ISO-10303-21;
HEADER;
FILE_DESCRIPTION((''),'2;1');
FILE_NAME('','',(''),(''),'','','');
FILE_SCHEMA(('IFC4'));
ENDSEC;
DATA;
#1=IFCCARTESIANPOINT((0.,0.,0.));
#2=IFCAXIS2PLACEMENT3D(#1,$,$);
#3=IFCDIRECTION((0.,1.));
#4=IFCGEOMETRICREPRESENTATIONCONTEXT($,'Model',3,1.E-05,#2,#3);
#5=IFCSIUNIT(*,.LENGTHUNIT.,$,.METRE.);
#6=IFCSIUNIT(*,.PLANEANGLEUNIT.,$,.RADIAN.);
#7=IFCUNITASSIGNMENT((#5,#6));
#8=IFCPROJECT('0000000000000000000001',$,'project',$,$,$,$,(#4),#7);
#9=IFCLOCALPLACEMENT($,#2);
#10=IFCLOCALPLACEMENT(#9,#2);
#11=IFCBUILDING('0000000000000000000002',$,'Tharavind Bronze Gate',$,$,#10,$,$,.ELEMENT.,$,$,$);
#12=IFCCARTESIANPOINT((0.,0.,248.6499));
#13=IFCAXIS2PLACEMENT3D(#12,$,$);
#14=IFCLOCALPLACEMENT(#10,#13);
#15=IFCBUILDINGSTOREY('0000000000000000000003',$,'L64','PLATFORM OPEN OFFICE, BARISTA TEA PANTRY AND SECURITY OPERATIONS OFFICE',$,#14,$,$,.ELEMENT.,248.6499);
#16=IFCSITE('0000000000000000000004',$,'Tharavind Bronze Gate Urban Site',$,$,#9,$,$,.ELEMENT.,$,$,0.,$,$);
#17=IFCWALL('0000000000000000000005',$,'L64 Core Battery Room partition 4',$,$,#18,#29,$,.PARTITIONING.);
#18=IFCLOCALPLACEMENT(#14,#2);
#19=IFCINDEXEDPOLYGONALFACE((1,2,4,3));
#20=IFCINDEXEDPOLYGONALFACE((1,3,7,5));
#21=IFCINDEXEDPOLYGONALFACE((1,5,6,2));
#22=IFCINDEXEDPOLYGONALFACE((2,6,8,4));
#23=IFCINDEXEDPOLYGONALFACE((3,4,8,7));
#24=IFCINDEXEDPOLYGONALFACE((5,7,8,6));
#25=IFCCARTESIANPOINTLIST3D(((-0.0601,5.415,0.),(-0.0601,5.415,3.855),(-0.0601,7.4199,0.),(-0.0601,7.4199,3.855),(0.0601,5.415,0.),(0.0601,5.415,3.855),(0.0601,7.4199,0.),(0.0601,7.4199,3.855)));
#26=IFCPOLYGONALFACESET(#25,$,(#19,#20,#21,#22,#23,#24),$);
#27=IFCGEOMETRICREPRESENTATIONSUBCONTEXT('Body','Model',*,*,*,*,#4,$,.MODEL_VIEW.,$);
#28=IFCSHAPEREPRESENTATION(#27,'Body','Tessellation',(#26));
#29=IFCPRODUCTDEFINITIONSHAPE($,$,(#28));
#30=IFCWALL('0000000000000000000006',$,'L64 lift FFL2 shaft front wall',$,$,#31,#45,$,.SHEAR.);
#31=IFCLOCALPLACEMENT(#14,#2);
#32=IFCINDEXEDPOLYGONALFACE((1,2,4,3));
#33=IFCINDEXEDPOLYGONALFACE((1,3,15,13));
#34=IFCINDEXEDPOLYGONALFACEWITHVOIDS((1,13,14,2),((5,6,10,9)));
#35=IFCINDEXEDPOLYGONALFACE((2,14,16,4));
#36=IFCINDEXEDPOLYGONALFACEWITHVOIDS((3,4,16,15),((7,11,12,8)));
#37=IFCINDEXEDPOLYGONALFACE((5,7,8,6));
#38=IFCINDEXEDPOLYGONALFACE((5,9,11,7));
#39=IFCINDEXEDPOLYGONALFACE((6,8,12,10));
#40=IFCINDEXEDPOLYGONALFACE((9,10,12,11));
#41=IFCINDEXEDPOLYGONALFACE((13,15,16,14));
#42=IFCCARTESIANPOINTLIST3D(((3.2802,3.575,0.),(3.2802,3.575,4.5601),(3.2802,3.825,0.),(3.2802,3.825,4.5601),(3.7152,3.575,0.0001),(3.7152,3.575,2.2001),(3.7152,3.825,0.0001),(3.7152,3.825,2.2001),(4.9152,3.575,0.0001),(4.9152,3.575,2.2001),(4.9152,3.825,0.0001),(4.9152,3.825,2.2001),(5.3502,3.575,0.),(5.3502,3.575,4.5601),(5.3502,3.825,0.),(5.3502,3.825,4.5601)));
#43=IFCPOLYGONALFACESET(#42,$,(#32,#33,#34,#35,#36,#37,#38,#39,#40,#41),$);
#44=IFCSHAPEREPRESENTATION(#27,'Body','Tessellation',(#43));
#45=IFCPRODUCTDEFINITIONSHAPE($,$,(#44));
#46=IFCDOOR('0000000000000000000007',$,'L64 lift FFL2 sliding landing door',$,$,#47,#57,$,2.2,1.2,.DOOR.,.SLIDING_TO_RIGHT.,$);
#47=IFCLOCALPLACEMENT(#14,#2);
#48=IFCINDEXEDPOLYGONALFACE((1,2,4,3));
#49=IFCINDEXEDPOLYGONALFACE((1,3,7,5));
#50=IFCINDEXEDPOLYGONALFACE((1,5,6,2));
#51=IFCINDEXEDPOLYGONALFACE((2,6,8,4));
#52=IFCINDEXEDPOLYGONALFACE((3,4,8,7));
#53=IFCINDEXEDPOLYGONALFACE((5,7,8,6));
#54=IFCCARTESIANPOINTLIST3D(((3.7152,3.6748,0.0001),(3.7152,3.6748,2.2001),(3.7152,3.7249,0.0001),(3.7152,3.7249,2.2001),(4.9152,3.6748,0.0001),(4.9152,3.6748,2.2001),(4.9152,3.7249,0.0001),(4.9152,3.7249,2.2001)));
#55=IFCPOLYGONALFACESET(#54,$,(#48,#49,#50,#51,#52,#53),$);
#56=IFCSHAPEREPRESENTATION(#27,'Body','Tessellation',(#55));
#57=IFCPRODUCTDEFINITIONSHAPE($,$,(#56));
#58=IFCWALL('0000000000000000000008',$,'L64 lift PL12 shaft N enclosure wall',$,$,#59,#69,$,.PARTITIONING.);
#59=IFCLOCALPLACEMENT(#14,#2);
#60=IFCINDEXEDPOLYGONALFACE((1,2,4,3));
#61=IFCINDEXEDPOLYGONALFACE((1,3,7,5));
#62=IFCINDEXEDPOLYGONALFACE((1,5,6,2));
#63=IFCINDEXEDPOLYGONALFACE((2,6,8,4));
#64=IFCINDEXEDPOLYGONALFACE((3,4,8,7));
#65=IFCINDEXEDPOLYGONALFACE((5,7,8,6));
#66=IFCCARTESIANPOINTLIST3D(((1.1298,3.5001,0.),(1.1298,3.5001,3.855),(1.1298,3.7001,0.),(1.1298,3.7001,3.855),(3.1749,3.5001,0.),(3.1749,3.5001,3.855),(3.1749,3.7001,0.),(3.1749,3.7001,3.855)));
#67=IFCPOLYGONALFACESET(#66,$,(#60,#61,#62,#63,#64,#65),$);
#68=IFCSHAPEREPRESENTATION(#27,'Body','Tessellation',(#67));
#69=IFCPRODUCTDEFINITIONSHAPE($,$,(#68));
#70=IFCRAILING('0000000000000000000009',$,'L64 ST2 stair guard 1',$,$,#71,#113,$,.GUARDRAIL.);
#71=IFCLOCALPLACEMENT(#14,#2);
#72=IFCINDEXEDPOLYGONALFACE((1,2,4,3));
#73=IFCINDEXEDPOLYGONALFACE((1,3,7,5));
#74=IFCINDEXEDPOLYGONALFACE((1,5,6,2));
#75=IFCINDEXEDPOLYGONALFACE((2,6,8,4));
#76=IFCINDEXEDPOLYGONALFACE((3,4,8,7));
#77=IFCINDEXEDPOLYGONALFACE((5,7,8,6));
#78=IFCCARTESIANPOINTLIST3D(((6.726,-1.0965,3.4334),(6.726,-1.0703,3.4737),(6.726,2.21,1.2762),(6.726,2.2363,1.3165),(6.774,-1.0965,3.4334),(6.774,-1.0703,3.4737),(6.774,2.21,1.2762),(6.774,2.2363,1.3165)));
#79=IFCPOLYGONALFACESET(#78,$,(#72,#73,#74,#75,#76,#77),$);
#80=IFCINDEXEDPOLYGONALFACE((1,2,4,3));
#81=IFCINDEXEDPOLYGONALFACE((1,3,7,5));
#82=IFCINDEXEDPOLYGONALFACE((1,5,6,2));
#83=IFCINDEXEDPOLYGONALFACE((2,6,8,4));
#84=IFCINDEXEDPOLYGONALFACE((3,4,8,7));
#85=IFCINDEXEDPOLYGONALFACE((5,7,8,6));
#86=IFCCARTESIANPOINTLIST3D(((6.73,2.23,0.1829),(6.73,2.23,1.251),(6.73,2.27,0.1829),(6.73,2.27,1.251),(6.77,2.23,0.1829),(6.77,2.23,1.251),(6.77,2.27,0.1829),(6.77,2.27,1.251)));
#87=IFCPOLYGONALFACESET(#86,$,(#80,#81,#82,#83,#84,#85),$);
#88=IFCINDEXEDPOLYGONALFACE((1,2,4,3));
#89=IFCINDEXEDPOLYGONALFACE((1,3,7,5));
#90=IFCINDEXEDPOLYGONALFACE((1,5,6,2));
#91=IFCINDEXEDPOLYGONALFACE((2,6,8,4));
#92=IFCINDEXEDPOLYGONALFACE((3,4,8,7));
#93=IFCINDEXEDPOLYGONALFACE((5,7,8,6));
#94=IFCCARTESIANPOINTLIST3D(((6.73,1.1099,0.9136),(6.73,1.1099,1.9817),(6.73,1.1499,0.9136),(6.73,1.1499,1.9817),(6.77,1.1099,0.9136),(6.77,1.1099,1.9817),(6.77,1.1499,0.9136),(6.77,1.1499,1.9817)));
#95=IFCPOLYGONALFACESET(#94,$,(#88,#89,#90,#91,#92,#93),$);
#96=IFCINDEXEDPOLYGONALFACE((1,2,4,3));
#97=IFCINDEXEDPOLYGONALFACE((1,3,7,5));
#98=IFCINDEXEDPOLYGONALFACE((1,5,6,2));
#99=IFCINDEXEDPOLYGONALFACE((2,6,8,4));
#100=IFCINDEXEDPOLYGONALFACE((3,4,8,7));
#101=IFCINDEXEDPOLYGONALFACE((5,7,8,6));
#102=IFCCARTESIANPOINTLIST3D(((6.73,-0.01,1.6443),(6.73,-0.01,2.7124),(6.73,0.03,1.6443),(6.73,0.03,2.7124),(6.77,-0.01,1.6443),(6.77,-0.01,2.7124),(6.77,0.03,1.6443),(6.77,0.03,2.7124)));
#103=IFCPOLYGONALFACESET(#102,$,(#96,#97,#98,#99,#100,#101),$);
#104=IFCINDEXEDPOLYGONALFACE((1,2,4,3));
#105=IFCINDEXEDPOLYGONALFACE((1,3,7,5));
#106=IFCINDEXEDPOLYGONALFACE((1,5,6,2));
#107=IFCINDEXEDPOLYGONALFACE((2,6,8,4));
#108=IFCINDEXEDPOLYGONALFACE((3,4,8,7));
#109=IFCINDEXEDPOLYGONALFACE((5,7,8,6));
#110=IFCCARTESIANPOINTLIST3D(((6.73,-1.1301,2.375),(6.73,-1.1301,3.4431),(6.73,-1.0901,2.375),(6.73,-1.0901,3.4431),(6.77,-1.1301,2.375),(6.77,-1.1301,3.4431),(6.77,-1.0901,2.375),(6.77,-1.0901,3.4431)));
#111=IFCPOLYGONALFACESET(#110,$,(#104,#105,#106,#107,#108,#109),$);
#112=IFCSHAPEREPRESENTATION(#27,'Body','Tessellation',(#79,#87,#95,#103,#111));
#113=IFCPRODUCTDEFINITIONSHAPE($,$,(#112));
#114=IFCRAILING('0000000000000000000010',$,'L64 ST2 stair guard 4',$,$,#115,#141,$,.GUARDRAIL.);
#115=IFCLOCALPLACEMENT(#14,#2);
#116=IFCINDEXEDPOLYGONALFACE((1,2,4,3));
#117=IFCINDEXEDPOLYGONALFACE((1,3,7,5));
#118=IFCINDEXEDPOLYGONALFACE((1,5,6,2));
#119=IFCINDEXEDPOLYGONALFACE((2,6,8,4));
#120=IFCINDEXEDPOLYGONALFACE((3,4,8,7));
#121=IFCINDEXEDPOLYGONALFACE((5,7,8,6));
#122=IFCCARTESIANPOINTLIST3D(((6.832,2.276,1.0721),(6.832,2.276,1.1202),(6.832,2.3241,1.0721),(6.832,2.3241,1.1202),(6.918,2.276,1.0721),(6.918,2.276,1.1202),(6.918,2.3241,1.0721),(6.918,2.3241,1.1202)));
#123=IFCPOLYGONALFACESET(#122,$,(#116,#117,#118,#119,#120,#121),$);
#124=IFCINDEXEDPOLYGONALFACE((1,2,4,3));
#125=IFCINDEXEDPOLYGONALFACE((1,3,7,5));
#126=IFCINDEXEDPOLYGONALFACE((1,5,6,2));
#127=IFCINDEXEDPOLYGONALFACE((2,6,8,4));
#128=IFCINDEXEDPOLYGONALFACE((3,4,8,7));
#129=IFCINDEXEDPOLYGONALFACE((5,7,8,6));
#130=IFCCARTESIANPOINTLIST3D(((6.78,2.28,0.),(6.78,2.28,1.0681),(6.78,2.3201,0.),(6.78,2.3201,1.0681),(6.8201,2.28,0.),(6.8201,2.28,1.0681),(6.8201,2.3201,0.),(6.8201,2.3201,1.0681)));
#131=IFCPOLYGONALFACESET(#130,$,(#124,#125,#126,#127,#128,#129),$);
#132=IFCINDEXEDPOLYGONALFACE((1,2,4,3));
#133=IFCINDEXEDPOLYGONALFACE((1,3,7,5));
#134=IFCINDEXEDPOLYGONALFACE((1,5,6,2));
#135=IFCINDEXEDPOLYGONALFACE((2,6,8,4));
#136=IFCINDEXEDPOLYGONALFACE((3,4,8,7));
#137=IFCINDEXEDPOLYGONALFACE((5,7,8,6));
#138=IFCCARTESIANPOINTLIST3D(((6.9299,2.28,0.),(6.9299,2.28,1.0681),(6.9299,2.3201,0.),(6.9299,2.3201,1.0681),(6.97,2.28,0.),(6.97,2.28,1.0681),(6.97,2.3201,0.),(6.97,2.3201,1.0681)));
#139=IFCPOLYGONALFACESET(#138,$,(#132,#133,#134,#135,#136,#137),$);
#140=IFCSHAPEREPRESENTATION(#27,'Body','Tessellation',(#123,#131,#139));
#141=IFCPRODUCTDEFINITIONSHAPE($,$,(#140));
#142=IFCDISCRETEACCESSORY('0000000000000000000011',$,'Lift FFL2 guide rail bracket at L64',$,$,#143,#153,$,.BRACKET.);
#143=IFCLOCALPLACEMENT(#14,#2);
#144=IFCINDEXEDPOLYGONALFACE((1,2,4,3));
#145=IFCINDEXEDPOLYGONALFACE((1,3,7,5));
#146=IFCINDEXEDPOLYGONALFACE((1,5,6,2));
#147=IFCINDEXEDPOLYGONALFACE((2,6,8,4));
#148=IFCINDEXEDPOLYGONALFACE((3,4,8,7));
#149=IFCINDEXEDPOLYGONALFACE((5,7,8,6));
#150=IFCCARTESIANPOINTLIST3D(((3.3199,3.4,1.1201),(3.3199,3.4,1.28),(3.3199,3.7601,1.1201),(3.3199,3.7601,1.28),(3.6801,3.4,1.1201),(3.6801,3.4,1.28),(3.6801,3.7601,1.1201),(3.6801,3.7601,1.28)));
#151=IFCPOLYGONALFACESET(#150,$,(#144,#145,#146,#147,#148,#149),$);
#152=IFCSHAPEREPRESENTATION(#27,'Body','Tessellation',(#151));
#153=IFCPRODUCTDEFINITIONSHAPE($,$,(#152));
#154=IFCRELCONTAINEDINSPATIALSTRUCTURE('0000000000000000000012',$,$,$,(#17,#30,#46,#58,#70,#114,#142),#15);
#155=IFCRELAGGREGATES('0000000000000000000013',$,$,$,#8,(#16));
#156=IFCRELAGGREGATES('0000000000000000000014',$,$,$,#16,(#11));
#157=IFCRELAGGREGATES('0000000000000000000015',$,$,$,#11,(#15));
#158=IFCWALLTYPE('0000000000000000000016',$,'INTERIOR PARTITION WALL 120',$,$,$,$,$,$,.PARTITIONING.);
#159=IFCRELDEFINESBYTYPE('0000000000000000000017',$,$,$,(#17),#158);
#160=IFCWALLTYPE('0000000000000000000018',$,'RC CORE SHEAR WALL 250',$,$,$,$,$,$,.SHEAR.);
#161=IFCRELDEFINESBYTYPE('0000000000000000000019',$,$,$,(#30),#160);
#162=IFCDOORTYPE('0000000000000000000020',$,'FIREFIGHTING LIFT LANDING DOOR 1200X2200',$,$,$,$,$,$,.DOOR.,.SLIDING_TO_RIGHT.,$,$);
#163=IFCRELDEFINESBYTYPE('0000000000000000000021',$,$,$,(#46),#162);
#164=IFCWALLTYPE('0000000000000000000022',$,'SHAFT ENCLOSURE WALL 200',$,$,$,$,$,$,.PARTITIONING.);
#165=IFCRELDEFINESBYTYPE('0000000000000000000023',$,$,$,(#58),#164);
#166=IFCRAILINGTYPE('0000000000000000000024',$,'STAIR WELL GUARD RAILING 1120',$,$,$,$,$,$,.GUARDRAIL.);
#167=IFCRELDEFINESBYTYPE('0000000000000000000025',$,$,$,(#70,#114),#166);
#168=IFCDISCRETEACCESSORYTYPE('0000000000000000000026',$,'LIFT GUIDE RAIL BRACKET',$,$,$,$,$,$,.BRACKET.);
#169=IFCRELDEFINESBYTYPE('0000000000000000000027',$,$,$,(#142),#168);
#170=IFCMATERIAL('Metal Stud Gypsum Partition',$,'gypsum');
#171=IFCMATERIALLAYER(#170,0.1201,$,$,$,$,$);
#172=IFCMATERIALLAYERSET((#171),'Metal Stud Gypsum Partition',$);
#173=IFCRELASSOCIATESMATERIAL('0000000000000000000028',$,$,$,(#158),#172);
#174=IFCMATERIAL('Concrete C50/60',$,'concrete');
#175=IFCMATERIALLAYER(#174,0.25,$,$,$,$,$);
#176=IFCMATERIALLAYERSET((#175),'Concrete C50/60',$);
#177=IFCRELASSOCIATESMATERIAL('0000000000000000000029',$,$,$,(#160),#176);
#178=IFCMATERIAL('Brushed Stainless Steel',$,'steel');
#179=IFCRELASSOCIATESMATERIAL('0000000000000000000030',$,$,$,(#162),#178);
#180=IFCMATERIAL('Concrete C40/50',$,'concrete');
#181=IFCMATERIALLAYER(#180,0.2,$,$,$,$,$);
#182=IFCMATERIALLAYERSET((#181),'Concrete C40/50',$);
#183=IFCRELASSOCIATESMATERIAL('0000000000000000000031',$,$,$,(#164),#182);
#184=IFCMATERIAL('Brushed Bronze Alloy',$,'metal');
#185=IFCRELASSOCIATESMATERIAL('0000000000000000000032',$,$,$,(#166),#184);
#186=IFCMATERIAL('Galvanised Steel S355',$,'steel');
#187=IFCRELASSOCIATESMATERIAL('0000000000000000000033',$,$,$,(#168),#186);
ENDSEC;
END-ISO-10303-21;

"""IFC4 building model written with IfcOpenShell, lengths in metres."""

from ifc_helpers import new_model, si_unit, direction, frame, frame_2d, origin, origin_2d, place, context, subcontext, project, spatial, rectangle, extrude, material, layer, layer_set, type_object, element, fill, save


model = new_model("IFC4")

# Units and contexts
model_context = context("Model", 3, precision=1e-05, world=origin(), true_north=direction((0.0, 1.0)))
body_context = subcontext(model_context, "Body", "Model", "MODEL_VIEW")
ifc_project = project(units=[si_unit("LENGTHUNIT", "METRE"), si_unit("PLANEANGLEUNIT", "RADIAN")], contexts=[model_context])

# Site, building, storey
site_placement = place(None, origin())
site = spatial("IfcSite", under=ifc_project, at=site_placement, Name="Tharavind Bronze Gate Urban Site", CompositionType="ELEMENT", RefElevation=0.0)
building_placement = place(site_placement, origin())
building = spatial("IfcBuilding", under=site, at=building_placement, Name="Tharavind Bronze Gate", CompositionType="ELEMENT")
storey_placement = place(building_placement, frame((0.0, 0.0, 248.6499)))
storey = spatial("IfcBuildingStorey", under=building, at=storey_placement, Name="L64", Description="PLATFORM OPEN OFFICE, BARISTA TEA PANTRY AND SECURITY OPERATIONS OFFICE", CompositionType="ELEMENT", Elevation=248.6499)

# Shared definitions
ifc_material_1 = material(Name="Concrete C50/60", Category="concrete")

# Wall
ifc_material_2 = material(Name="Metal Stud Gypsum Partition", Category="gypsum")
ifc_layer_1 = layer(ifc_material_2, 0.1201)
ifc_layer_set_1 = layer_set([ifc_layer_1], Name="Metal Stud Gypsum Partition")
wall_type_1 = type_object("IfcWallType", Name="INTERIOR PARTITION WALL 120", PredefinedType="PARTITIONING", material=ifc_layer_set_1)
wall_1_placement = place(storey_placement, frame((0.0, 7.4199, 0.0), z_axis=(0.0, 0.0, 1.0), x_axis=(0.0, -1.0, 0.0)))
element("IfcWall", 1, at=wall_1_placement, inside=storey, type_object=wall_type_1, Name="L64 Core Battery Room partition 4", PredefinedType="PARTITIONING", context=body_context, shape_type="SweptSolid", body=[
    extrude(rectangle(XDim=2.0049, YDim=0.1201, at=frame_2d((1.0024, 0.0))), origin(), (0.0, 0.0, 1.0), 3.855),
])

# Wall, opening, door
ifc_layer_2 = layer(ifc_material_1, 0.25)
ifc_layer_set_2 = layer_set([ifc_layer_2], Name="Concrete C50/60")
wall_type_2 = type_object("IfcWallType", Name="RC CORE SHEAR WALL 250", PredefinedType="SHEAR", material=ifc_layer_set_2)
wall_2_placement = place(storey_placement, frame((3.28, 3.7, 0.0), z_axis=(0.0, 0.0, 1.0), x_axis=(1.0, 0.0, 0.0)))
wall_2 = element("IfcWall", 2, at=wall_2_placement, inside=storey, type_object=wall_type_2, Name="L64 lift FFL2 shaft front wall", PredefinedType="SHEAR", context=body_context, shape_type="SweptSolid", body=[
    extrude(rectangle(XDim=2.0701, YDim=0.25, at=frame_2d((1.0352, 0.0))), origin(), (0.0, 0.0, 1.0), 4.5601),
])
opening_1_placement = place(wall_2_placement, frame((0.4351, 0.0, 0.0)))
opening_1 = element("IfcOpeningElement", 3, at=opening_1_placement, cuts=wall_2, PredefinedType="OPENING", context=body_context, shape_type="SweptSolid", body=[
    extrude(rectangle(XDim=1.2, YDim=2.2, at=frame_2d((0.6001, 1.1001))), frame((0.0, 0.135, 0.0), z_axis=(0.0, -1.0, 0.0), x_axis=(1.0, 0.0, 0.0)), (0.0, 0.0, 1.0), 0.27),
])
ifc_material_3 = material(Name="Brushed Stainless Steel", Category="steel")
door_type_1 = type_object("IfcDoorType", Name="FIREFIGHTING LIFT LANDING DOOR 1200X2200", OperationType="SLIDING_TO_RIGHT", PredefinedType="DOOR", material=ifc_material_3)
door_1_placement = place(opening_1_placement, origin())
door_1 = element("IfcDoor", 4, at=door_1_placement, inside=storey, type_object=door_type_1, Name="L64 lift FFL2 sliding landing door", OperationType="SLIDING_TO_RIGHT", OverallHeight=2.2, OverallWidth=1.2, PredefinedType="DOOR", context=body_context, shape_type="SweptSolid", body=[
    extrude(rectangle(XDim=1.2, YDim=2.2, at=frame_2d((0.6001, 1.1001))), frame((0.0, 0.0249, 0.0), z_axis=(0.0, -1.0, 0.0), x_axis=(1.0, 0.0, 0.0)), (0.0, 0.0, 1.0), 0.05),
])
fill(opening_1, door_1)

# Wall
ifc_material_4 = material(Name="Concrete C40/50", Category="concrete")
ifc_layer_3 = layer(ifc_material_4, 0.2)
ifc_layer_set_3 = layer_set([ifc_layer_3], Name="Concrete C40/50")
wall_type_3 = type_object("IfcWallType", Name="SHAFT ENCLOSURE WALL 200", PredefinedType="PARTITIONING", material=ifc_layer_set_3)
wall_3_placement = place(storey_placement, frame((1.1299, 3.6001, 0.0), z_axis=(0.0, 0.0, 1.0), x_axis=(1.0, 0.0, 0.0)))
element("IfcWall", 5, at=wall_3_placement, inside=storey, type_object=wall_type_3, Name="L64 lift PL12 shaft N enclosure wall", PredefinedType="PARTITIONING", context=body_context, shape_type="SweptSolid", body=[
    extrude(rectangle(XDim=2.0452, YDim=0.2, at=frame_2d((1.0225, 0.0))), origin(), (0.0, 0.0, 1.0), 3.855),
])

# Railings
ifc_material_5 = material(Name="Brushed Bronze Alloy", Category="metal")
railing_type = type_object("IfcRailingType", Name="STAIR WELL GUARD RAILING 1120", PredefinedType="GUARDRAIL", material=ifc_material_5)
railing_1_placement = place(storey_placement, frame((6.75, 2.25, 0.1829)))
element("IfcRailing", 6, at=railing_1_placement, inside=storey, type_object=railing_type, Name="L64 ST2 stair guard 1", PredefinedType="GUARDRAIL", context=body_context, shape_type="SweptSolid", body=[
    extrude(rectangle(XDim=0.0481, YDim=0.0481, at=origin_2d()), frame((0.0, -0.0269, 1.1135), z_axis=(0.0, -0.837523, 0.546401), x_axis=(1.0, 0.0, 0.0)), (0.0, 0.0, 1.0), 3.948),
    extrude(rectangle(XDim=0.04, YDim=0.04, at=origin_2d()), origin(), (0.0, 0.0, 1.0), 1.0681),
    extrude(rectangle(XDim=0.04, YDim=0.04, at=origin_2d()), frame((0.0, -1.1201, 0.7307)), (0.0, 0.0, 1.0), 1.0681),
    extrude(rectangle(XDim=0.04, YDim=0.04, at=origin_2d()), frame((0.0, -2.24, 1.4614)), (0.0, 0.0, 1.0), 1.0681),
    extrude(rectangle(XDim=0.04, YDim=0.04, at=origin_2d()), frame((0.0, -3.3601, 2.1921)), (0.0, 0.0, 1.0), 1.0681),
])
railing_2_placement = place(storey_placement, frame((6.8, 2.3, 0.0)))
element("IfcRailing", 7, at=railing_2_placement, inside=storey, type_object=railing_type, Name="L64 ST2 stair guard 4", PredefinedType="GUARDRAIL", context=body_context, shape_type="SweptSolid", body=[
    extrude(rectangle(XDim=0.0481, YDim=0.0481, at=origin_2d()), frame((0.032, 0.0, 1.0962), z_axis=(1.0, 0.0, 0.0), x_axis=(0.0, 1.0, 0.0)), (0.0, 0.0, 1.0), 0.0859),
    extrude(rectangle(XDim=0.04, YDim=0.04, at=origin_2d()), origin(), (0.0, 0.0, 1.0), 1.0681),
    extrude(rectangle(XDim=0.04, YDim=0.04, at=origin_2d()), frame((0.1499, 0.0, 0.0)), (0.0, 0.0, 1.0), 1.0681),
])

# Discrete accessory
ifc_material_6 = material(Name="Galvanised Steel S355", Category="steel")
discrete_accessory_type = type_object("IfcDiscreteAccessoryType", Name="LIFT GUIDE RAIL BRACKET", PredefinedType="BRACKET", material=ifc_material_6)
discrete_accessory_placement = place(storey_placement, frame((3.5, 3.5801, 1.1201), z_axis=(0.0, 0.0, 1.0), x_axis=(1.0, 0.0, 0.0)))
element("IfcDiscreteAccessory", 8, at=discrete_accessory_placement, inside=storey, type_object=discrete_accessory_type, Name="Lift FFL2 guide rail bracket at L64", PredefinedType="BRACKET", context=body_context, shape_type="SweptSolid", body=[
    extrude(rectangle(XDim=0.3601, YDim=0.3601, at=origin_2d()), origin(), (0.0, 0.0, 1.0), 0.1599),
])

save(model, "model.ifc")
